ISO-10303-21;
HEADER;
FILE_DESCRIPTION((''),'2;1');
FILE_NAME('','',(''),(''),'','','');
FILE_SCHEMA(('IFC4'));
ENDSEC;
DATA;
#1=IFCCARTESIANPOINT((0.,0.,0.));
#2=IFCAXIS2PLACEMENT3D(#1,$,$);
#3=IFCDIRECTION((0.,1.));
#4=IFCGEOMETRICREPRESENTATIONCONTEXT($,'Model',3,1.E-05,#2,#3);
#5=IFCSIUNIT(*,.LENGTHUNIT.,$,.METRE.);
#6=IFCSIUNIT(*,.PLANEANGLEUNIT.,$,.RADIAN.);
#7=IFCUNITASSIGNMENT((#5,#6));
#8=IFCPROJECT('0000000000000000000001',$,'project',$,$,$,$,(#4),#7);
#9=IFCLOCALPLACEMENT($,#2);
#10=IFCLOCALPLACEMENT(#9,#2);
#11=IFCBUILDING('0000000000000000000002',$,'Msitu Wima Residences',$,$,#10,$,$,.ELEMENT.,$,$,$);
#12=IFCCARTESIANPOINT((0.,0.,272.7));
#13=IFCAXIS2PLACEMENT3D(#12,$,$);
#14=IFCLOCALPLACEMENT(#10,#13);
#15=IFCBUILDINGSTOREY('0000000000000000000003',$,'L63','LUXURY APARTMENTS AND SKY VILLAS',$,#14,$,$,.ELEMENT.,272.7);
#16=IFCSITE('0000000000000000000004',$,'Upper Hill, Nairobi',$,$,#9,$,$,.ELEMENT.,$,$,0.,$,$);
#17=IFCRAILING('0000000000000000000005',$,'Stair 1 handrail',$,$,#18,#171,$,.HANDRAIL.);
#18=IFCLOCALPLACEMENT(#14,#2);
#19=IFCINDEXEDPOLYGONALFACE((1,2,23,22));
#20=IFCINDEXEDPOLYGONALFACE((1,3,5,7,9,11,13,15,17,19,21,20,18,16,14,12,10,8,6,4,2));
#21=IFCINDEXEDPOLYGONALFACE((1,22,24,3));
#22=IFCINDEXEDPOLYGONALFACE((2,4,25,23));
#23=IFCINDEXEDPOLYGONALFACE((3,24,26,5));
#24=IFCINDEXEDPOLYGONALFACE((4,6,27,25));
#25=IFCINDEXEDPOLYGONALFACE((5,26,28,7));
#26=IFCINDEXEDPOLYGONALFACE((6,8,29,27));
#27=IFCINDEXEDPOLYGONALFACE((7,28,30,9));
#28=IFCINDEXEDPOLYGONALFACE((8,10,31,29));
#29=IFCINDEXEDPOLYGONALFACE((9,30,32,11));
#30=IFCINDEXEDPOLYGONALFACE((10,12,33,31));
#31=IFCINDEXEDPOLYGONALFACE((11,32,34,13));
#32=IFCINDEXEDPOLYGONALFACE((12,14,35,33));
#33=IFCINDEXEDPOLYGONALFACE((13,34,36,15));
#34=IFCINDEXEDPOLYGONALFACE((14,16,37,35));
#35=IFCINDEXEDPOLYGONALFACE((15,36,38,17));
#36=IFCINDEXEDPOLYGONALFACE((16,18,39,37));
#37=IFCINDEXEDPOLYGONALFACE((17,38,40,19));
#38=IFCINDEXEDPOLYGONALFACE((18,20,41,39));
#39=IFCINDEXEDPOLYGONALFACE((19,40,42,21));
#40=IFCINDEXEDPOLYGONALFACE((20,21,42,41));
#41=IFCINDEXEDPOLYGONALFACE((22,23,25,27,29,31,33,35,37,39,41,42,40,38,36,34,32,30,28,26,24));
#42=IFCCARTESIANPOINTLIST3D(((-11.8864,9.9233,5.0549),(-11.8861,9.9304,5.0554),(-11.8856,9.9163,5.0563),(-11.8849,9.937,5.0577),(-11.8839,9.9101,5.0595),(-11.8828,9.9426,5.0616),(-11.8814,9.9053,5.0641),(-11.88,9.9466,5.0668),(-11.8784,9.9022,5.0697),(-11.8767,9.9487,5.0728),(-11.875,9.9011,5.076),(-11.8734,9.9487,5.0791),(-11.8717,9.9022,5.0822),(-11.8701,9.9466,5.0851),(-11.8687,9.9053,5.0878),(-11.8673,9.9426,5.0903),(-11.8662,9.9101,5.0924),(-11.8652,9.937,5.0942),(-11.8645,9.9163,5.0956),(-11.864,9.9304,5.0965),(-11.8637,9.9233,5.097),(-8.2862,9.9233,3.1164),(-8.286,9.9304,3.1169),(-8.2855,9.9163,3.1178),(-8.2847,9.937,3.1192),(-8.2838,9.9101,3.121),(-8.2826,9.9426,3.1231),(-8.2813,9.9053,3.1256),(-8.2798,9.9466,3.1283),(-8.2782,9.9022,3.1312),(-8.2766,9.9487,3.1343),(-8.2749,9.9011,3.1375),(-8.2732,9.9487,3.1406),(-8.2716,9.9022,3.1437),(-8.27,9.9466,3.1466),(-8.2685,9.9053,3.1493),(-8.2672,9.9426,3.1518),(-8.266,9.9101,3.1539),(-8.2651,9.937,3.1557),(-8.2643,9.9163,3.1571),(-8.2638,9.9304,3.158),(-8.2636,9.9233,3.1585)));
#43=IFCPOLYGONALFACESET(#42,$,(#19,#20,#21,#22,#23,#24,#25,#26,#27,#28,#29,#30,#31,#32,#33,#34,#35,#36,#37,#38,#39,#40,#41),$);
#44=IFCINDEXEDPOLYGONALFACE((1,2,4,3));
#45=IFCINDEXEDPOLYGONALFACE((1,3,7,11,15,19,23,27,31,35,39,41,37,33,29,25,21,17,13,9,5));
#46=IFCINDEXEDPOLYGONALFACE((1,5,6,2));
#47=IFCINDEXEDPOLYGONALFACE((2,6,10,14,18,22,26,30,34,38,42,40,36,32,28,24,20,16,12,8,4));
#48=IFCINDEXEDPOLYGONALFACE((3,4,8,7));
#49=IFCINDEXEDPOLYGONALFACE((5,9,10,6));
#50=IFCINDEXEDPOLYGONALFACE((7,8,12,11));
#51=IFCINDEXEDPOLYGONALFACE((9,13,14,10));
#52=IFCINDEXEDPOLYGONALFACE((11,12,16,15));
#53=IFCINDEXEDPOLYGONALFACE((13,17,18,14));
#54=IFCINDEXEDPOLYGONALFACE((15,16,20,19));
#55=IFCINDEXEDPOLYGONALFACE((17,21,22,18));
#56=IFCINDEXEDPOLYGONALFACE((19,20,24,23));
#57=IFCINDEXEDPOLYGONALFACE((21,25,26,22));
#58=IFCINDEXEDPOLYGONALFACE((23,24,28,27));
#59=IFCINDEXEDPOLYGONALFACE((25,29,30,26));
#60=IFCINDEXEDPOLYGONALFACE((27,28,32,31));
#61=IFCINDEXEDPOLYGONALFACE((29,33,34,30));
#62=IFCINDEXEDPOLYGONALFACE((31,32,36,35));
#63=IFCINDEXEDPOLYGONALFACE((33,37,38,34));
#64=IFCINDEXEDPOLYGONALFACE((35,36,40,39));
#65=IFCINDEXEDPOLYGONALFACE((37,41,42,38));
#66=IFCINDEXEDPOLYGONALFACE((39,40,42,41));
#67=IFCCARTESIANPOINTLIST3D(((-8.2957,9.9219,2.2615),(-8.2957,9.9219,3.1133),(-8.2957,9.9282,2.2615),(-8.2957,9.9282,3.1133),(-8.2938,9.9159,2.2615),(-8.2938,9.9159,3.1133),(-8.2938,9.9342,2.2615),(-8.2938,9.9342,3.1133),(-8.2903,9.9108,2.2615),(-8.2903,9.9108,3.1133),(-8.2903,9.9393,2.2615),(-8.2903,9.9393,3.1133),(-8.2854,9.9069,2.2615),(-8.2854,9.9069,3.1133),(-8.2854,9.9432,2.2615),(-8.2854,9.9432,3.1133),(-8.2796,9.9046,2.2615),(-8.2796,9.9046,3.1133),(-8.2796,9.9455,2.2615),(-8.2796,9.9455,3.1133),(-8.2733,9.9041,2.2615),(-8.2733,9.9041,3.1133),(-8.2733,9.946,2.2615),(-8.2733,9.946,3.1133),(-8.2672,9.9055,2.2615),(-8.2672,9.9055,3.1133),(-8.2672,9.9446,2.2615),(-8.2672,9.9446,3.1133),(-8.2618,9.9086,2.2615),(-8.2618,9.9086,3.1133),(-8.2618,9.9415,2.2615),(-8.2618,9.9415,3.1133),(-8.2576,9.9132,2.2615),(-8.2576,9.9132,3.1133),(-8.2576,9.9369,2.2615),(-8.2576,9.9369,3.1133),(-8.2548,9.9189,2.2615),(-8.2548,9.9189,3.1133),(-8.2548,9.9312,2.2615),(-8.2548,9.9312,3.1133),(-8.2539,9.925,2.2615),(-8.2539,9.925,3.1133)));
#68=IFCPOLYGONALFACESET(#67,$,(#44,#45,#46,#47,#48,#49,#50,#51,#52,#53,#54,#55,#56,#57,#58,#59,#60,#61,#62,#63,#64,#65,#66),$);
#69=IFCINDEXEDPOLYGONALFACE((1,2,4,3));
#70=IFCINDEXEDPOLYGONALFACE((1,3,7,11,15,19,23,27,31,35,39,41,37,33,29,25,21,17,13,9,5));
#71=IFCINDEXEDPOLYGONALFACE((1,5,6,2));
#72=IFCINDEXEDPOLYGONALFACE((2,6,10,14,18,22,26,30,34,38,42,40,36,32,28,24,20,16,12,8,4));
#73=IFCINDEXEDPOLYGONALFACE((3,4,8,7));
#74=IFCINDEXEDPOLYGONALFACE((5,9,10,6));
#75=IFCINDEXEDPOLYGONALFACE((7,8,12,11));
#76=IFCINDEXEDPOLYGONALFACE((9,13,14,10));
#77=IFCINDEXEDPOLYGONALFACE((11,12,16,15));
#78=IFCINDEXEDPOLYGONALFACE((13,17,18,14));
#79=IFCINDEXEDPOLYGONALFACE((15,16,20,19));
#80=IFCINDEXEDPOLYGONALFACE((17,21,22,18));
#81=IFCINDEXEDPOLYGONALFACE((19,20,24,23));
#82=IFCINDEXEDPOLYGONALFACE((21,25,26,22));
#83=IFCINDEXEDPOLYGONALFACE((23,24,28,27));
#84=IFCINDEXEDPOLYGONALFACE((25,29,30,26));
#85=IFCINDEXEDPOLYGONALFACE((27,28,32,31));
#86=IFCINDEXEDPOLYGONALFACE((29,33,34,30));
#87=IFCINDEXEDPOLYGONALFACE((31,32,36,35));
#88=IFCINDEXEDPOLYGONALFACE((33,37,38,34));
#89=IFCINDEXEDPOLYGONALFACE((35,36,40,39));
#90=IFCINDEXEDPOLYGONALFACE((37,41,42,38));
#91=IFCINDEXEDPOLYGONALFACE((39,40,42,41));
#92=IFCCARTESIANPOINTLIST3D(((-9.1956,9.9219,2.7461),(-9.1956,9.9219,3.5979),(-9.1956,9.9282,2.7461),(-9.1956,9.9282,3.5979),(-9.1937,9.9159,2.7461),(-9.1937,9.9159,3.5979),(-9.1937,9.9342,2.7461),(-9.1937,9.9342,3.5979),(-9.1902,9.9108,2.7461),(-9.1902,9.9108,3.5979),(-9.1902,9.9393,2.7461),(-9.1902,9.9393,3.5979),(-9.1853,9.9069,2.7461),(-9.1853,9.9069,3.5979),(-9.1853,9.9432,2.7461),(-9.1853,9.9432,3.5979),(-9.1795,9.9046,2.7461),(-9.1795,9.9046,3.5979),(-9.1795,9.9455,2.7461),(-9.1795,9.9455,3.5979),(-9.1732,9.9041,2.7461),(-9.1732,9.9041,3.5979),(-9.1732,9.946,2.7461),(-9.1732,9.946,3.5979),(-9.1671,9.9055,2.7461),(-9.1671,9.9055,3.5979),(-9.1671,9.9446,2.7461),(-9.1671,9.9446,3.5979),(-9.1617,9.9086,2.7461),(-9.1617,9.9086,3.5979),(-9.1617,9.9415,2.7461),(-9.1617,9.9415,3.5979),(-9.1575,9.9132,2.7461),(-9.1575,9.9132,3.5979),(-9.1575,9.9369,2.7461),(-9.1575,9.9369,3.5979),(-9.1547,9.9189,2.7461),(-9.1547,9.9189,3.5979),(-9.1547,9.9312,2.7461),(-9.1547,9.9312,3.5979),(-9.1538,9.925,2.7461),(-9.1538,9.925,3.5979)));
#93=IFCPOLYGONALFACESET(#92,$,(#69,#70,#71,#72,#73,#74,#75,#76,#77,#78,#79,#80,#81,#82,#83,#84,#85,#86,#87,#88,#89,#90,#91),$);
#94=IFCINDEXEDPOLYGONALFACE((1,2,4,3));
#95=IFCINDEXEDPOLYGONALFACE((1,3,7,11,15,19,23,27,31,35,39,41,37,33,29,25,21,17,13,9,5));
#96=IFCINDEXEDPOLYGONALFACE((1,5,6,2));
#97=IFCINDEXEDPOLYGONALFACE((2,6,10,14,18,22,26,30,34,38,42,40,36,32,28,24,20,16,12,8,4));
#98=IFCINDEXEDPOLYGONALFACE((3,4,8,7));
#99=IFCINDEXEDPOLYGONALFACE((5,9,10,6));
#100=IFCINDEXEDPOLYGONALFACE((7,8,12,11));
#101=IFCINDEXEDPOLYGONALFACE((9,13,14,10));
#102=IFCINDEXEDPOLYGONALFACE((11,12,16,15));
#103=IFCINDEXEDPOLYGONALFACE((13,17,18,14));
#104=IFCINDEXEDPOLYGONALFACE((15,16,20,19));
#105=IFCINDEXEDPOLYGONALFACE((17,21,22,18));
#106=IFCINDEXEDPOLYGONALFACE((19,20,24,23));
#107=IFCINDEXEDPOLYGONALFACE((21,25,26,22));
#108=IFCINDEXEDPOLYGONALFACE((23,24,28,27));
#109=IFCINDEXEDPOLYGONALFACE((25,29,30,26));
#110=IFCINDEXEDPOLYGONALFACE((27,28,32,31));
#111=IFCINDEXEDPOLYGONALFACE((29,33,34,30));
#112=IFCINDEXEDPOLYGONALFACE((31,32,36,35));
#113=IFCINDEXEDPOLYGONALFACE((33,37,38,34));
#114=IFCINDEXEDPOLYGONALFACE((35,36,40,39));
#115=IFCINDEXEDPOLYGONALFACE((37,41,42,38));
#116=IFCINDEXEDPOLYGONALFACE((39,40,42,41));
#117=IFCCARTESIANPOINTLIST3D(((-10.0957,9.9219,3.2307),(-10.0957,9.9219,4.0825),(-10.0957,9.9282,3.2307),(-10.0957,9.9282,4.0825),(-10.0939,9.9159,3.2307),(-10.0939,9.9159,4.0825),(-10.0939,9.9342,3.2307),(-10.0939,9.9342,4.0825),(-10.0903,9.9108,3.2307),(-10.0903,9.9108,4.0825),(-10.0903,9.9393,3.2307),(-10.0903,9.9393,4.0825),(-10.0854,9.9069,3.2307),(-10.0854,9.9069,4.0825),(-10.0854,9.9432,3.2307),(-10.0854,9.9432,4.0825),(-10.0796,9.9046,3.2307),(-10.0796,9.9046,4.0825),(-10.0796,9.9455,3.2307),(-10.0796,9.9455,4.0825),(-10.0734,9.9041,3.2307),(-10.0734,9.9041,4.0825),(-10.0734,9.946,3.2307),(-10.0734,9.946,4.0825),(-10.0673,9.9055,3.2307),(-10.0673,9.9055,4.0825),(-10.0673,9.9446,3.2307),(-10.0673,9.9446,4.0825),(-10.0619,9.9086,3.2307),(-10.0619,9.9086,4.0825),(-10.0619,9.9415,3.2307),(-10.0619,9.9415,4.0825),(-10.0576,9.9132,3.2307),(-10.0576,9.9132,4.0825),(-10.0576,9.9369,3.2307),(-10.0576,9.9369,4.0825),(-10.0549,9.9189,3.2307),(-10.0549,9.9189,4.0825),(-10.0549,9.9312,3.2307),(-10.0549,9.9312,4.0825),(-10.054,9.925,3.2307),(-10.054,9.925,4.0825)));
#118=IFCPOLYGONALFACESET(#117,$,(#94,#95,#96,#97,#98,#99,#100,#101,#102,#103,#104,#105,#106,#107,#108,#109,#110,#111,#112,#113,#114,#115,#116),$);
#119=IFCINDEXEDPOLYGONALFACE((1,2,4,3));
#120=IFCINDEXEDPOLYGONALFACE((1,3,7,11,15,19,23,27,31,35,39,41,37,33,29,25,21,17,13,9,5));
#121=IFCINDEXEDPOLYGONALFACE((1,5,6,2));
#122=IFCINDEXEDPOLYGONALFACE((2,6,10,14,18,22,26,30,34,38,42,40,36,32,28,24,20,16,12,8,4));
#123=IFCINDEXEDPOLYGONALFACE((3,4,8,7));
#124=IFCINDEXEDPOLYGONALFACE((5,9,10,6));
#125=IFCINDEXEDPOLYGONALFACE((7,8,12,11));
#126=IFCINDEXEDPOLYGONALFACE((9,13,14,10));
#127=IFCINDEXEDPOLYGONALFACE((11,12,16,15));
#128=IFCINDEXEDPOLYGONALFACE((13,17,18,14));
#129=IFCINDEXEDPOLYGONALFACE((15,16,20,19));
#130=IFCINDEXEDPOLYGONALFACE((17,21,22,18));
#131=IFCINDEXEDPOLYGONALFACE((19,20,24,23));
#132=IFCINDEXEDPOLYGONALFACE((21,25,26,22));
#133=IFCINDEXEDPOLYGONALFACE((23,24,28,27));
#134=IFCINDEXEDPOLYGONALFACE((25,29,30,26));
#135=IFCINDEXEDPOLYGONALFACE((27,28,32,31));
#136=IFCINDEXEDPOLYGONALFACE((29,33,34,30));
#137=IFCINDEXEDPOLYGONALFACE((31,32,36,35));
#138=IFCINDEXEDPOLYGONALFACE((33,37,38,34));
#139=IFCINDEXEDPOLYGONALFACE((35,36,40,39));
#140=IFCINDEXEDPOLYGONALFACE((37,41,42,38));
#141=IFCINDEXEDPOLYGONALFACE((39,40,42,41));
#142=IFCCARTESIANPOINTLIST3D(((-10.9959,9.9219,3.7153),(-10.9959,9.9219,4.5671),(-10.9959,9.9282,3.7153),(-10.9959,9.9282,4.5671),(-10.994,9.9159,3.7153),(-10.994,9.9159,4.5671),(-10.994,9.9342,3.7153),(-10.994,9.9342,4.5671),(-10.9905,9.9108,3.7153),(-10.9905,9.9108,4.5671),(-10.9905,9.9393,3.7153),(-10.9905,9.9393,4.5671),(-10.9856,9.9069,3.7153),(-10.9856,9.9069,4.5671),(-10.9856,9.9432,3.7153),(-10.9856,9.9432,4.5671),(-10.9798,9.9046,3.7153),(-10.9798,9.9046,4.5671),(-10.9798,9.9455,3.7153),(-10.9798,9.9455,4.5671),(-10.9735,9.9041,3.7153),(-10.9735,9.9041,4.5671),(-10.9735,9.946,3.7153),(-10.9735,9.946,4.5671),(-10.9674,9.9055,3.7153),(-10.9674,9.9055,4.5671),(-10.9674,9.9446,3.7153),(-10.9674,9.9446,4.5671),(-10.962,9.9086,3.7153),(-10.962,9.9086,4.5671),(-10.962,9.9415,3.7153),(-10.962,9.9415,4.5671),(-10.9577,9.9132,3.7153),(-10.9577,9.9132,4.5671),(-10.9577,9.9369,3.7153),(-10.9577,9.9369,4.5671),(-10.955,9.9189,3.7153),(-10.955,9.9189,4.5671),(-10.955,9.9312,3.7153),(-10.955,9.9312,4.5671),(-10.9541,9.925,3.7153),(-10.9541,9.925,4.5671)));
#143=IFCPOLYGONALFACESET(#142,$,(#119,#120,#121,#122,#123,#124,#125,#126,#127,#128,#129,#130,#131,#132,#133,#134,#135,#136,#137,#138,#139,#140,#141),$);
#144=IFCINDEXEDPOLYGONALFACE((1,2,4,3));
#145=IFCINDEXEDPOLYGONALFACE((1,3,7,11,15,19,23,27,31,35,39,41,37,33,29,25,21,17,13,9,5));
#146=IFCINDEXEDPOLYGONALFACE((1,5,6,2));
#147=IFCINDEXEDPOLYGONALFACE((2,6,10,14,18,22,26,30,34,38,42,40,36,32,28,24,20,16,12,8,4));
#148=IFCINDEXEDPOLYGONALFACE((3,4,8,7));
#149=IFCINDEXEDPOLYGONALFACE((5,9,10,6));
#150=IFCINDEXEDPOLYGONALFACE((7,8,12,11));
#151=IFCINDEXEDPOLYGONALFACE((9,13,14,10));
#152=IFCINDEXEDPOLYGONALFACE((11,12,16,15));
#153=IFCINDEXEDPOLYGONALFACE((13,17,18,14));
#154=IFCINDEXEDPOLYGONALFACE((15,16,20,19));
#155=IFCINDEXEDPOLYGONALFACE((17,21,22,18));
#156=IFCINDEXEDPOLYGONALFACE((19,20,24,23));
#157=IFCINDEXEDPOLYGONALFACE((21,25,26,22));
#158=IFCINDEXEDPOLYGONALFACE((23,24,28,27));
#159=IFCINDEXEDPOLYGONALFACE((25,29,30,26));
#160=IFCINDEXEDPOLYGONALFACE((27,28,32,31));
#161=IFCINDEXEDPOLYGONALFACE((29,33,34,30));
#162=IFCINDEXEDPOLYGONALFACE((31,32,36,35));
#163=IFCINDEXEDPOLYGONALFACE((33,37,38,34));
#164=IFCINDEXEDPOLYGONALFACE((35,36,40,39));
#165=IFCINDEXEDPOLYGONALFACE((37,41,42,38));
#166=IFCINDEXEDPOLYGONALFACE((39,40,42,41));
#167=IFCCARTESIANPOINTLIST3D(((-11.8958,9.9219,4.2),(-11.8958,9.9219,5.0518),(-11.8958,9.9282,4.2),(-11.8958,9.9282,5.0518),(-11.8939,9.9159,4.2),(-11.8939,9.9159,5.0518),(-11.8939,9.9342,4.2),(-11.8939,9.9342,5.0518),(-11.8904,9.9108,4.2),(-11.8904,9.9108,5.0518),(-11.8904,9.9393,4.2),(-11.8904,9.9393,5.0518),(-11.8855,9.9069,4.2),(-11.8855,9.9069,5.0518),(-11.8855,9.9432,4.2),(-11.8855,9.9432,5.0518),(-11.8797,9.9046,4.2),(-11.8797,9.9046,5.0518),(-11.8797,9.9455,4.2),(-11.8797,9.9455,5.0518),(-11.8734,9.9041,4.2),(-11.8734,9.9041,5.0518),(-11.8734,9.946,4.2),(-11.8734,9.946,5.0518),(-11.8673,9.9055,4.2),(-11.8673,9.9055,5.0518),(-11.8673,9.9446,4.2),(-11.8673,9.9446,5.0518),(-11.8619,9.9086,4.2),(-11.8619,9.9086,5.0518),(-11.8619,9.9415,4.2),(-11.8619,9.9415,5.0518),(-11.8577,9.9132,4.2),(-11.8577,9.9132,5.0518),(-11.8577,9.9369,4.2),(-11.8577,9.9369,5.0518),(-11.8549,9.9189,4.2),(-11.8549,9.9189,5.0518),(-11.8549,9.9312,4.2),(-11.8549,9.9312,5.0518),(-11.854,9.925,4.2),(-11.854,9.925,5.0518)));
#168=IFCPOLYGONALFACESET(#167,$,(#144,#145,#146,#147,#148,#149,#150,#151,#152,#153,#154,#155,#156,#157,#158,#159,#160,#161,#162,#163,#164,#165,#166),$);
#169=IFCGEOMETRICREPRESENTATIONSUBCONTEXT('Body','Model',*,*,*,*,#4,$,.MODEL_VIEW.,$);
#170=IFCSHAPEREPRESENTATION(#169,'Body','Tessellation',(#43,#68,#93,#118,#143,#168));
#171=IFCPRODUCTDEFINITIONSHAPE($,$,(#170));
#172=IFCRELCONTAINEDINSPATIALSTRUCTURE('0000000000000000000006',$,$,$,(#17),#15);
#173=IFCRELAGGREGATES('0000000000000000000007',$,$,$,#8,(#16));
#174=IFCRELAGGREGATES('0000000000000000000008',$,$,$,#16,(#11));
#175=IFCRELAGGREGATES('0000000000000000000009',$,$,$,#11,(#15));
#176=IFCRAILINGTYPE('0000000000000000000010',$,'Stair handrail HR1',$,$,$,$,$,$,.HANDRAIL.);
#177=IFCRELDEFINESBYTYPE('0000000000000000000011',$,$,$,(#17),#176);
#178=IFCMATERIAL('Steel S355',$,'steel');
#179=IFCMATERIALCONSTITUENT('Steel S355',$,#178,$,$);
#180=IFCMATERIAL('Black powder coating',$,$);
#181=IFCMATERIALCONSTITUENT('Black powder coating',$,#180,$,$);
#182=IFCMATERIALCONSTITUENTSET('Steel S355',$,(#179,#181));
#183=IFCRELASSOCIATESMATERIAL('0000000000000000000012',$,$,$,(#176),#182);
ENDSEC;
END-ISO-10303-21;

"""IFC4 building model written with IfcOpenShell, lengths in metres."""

from ifc_helpers import new_model, si_unit, direction, frame, origin, origin_2d, place, context, subcontext, project, spatial, circle, extrude, material, constituent, constituent_set, type_object, element, save


model = new_model("IFC4")

# Units and contexts
model_context = context("Model", 3, precision=1e-05, world=origin(), true_north=direction((0.0, 1.0)))
body_context = subcontext(model_context, "Body", "Model", "MODEL_VIEW")
ifc_project = project(units=[si_unit("LENGTHUNIT", "METRE"), si_unit("PLANEANGLEUNIT", "RADIAN")], contexts=[model_context])

# Site, building, storey
site_placement = place(None, origin())
site = spatial("IfcSite", under=ifc_project, at=site_placement, Name="Upper Hill, Nairobi", CompositionType="ELEMENT", RefElevation=0.0)
building_placement = place(site_placement, origin())
building = spatial("IfcBuilding", under=site, at=building_placement, Name="Msitu Wima Residences", CompositionType="ELEMENT")
storey_placement = place(building_placement, frame((0.0, 0.0, 272.7)))
storey = spatial("IfcBuildingStorey", under=building, at=storey_placement, Name="L63", Description="LUXURY APARTMENTS AND SKY VILLAS", CompositionType="ELEMENT", Elevation=272.7)

# Railing
ifc_material_1 = material(Name="Steel S355", Category="steel")
ifc_constituent_1 = constituent(ifc_material_1, Name="Steel S355")
ifc_material_2 = material(Name="Black powder coating")
ifc_constituent_2 = constituent(ifc_material_2, Name="Black powder coating")
ifc_constituent_set_1 = constituent_set(constituents=[ifc_constituent_1, ifc_constituent_2], Name="Steel S355")
railing_type_1 = type_object("IfcRailingType", Name="Stair handrail HR1", PredefinedType="HANDRAIL", material=ifc_constituent_set_1)
for number, where, name in (
    (1, (-8.2749, 9.925, 2.2615), "Stair 1 handrail"),
):
    element("IfcRailing", number, at=place(storey_placement, frame(where)), inside=storey, type_object=railing_type_1, Name=name, PredefinedType="HANDRAIL", context=body_context, shape_type="SweptSolid", body=[
        extrude(circle(Radius=0.0239, at=origin_2d()), frame((0.0, 0.0, 0.876), z_axis=(-0.880475, 0.0, 0.474093), x_axis=(0.0, -1.0, 0.0)), (0.0, 0.0, 1.0), 4.0889),
        extrude(circle(Radius=0.021, at=origin_2d()), origin(), (0.0, 0.0, 1.0), 0.8518),
        extrude(circle(Radius=0.021, at=origin_2d()), frame((-0.8999, 0.0, 0.4846)), (0.0, 0.0, 1.0), 0.8518),
        extrude(circle(Radius=0.021, at=origin_2d()), frame((-1.8, 0.0, 0.9692)), (0.0, 0.0, 1.0), 0.8518),
        extrude(circle(Radius=0.021, at=origin_2d()), frame((-2.7002, 0.0, 1.4539)), (0.0, 0.0, 1.0), 0.8518),
        extrude(circle(Radius=0.021, at=origin_2d()), frame((-3.6001, 0.0, 1.9385)), (0.0, 0.0, 1.0), 0.8518),
    ])

save(model, "model.ifc")
